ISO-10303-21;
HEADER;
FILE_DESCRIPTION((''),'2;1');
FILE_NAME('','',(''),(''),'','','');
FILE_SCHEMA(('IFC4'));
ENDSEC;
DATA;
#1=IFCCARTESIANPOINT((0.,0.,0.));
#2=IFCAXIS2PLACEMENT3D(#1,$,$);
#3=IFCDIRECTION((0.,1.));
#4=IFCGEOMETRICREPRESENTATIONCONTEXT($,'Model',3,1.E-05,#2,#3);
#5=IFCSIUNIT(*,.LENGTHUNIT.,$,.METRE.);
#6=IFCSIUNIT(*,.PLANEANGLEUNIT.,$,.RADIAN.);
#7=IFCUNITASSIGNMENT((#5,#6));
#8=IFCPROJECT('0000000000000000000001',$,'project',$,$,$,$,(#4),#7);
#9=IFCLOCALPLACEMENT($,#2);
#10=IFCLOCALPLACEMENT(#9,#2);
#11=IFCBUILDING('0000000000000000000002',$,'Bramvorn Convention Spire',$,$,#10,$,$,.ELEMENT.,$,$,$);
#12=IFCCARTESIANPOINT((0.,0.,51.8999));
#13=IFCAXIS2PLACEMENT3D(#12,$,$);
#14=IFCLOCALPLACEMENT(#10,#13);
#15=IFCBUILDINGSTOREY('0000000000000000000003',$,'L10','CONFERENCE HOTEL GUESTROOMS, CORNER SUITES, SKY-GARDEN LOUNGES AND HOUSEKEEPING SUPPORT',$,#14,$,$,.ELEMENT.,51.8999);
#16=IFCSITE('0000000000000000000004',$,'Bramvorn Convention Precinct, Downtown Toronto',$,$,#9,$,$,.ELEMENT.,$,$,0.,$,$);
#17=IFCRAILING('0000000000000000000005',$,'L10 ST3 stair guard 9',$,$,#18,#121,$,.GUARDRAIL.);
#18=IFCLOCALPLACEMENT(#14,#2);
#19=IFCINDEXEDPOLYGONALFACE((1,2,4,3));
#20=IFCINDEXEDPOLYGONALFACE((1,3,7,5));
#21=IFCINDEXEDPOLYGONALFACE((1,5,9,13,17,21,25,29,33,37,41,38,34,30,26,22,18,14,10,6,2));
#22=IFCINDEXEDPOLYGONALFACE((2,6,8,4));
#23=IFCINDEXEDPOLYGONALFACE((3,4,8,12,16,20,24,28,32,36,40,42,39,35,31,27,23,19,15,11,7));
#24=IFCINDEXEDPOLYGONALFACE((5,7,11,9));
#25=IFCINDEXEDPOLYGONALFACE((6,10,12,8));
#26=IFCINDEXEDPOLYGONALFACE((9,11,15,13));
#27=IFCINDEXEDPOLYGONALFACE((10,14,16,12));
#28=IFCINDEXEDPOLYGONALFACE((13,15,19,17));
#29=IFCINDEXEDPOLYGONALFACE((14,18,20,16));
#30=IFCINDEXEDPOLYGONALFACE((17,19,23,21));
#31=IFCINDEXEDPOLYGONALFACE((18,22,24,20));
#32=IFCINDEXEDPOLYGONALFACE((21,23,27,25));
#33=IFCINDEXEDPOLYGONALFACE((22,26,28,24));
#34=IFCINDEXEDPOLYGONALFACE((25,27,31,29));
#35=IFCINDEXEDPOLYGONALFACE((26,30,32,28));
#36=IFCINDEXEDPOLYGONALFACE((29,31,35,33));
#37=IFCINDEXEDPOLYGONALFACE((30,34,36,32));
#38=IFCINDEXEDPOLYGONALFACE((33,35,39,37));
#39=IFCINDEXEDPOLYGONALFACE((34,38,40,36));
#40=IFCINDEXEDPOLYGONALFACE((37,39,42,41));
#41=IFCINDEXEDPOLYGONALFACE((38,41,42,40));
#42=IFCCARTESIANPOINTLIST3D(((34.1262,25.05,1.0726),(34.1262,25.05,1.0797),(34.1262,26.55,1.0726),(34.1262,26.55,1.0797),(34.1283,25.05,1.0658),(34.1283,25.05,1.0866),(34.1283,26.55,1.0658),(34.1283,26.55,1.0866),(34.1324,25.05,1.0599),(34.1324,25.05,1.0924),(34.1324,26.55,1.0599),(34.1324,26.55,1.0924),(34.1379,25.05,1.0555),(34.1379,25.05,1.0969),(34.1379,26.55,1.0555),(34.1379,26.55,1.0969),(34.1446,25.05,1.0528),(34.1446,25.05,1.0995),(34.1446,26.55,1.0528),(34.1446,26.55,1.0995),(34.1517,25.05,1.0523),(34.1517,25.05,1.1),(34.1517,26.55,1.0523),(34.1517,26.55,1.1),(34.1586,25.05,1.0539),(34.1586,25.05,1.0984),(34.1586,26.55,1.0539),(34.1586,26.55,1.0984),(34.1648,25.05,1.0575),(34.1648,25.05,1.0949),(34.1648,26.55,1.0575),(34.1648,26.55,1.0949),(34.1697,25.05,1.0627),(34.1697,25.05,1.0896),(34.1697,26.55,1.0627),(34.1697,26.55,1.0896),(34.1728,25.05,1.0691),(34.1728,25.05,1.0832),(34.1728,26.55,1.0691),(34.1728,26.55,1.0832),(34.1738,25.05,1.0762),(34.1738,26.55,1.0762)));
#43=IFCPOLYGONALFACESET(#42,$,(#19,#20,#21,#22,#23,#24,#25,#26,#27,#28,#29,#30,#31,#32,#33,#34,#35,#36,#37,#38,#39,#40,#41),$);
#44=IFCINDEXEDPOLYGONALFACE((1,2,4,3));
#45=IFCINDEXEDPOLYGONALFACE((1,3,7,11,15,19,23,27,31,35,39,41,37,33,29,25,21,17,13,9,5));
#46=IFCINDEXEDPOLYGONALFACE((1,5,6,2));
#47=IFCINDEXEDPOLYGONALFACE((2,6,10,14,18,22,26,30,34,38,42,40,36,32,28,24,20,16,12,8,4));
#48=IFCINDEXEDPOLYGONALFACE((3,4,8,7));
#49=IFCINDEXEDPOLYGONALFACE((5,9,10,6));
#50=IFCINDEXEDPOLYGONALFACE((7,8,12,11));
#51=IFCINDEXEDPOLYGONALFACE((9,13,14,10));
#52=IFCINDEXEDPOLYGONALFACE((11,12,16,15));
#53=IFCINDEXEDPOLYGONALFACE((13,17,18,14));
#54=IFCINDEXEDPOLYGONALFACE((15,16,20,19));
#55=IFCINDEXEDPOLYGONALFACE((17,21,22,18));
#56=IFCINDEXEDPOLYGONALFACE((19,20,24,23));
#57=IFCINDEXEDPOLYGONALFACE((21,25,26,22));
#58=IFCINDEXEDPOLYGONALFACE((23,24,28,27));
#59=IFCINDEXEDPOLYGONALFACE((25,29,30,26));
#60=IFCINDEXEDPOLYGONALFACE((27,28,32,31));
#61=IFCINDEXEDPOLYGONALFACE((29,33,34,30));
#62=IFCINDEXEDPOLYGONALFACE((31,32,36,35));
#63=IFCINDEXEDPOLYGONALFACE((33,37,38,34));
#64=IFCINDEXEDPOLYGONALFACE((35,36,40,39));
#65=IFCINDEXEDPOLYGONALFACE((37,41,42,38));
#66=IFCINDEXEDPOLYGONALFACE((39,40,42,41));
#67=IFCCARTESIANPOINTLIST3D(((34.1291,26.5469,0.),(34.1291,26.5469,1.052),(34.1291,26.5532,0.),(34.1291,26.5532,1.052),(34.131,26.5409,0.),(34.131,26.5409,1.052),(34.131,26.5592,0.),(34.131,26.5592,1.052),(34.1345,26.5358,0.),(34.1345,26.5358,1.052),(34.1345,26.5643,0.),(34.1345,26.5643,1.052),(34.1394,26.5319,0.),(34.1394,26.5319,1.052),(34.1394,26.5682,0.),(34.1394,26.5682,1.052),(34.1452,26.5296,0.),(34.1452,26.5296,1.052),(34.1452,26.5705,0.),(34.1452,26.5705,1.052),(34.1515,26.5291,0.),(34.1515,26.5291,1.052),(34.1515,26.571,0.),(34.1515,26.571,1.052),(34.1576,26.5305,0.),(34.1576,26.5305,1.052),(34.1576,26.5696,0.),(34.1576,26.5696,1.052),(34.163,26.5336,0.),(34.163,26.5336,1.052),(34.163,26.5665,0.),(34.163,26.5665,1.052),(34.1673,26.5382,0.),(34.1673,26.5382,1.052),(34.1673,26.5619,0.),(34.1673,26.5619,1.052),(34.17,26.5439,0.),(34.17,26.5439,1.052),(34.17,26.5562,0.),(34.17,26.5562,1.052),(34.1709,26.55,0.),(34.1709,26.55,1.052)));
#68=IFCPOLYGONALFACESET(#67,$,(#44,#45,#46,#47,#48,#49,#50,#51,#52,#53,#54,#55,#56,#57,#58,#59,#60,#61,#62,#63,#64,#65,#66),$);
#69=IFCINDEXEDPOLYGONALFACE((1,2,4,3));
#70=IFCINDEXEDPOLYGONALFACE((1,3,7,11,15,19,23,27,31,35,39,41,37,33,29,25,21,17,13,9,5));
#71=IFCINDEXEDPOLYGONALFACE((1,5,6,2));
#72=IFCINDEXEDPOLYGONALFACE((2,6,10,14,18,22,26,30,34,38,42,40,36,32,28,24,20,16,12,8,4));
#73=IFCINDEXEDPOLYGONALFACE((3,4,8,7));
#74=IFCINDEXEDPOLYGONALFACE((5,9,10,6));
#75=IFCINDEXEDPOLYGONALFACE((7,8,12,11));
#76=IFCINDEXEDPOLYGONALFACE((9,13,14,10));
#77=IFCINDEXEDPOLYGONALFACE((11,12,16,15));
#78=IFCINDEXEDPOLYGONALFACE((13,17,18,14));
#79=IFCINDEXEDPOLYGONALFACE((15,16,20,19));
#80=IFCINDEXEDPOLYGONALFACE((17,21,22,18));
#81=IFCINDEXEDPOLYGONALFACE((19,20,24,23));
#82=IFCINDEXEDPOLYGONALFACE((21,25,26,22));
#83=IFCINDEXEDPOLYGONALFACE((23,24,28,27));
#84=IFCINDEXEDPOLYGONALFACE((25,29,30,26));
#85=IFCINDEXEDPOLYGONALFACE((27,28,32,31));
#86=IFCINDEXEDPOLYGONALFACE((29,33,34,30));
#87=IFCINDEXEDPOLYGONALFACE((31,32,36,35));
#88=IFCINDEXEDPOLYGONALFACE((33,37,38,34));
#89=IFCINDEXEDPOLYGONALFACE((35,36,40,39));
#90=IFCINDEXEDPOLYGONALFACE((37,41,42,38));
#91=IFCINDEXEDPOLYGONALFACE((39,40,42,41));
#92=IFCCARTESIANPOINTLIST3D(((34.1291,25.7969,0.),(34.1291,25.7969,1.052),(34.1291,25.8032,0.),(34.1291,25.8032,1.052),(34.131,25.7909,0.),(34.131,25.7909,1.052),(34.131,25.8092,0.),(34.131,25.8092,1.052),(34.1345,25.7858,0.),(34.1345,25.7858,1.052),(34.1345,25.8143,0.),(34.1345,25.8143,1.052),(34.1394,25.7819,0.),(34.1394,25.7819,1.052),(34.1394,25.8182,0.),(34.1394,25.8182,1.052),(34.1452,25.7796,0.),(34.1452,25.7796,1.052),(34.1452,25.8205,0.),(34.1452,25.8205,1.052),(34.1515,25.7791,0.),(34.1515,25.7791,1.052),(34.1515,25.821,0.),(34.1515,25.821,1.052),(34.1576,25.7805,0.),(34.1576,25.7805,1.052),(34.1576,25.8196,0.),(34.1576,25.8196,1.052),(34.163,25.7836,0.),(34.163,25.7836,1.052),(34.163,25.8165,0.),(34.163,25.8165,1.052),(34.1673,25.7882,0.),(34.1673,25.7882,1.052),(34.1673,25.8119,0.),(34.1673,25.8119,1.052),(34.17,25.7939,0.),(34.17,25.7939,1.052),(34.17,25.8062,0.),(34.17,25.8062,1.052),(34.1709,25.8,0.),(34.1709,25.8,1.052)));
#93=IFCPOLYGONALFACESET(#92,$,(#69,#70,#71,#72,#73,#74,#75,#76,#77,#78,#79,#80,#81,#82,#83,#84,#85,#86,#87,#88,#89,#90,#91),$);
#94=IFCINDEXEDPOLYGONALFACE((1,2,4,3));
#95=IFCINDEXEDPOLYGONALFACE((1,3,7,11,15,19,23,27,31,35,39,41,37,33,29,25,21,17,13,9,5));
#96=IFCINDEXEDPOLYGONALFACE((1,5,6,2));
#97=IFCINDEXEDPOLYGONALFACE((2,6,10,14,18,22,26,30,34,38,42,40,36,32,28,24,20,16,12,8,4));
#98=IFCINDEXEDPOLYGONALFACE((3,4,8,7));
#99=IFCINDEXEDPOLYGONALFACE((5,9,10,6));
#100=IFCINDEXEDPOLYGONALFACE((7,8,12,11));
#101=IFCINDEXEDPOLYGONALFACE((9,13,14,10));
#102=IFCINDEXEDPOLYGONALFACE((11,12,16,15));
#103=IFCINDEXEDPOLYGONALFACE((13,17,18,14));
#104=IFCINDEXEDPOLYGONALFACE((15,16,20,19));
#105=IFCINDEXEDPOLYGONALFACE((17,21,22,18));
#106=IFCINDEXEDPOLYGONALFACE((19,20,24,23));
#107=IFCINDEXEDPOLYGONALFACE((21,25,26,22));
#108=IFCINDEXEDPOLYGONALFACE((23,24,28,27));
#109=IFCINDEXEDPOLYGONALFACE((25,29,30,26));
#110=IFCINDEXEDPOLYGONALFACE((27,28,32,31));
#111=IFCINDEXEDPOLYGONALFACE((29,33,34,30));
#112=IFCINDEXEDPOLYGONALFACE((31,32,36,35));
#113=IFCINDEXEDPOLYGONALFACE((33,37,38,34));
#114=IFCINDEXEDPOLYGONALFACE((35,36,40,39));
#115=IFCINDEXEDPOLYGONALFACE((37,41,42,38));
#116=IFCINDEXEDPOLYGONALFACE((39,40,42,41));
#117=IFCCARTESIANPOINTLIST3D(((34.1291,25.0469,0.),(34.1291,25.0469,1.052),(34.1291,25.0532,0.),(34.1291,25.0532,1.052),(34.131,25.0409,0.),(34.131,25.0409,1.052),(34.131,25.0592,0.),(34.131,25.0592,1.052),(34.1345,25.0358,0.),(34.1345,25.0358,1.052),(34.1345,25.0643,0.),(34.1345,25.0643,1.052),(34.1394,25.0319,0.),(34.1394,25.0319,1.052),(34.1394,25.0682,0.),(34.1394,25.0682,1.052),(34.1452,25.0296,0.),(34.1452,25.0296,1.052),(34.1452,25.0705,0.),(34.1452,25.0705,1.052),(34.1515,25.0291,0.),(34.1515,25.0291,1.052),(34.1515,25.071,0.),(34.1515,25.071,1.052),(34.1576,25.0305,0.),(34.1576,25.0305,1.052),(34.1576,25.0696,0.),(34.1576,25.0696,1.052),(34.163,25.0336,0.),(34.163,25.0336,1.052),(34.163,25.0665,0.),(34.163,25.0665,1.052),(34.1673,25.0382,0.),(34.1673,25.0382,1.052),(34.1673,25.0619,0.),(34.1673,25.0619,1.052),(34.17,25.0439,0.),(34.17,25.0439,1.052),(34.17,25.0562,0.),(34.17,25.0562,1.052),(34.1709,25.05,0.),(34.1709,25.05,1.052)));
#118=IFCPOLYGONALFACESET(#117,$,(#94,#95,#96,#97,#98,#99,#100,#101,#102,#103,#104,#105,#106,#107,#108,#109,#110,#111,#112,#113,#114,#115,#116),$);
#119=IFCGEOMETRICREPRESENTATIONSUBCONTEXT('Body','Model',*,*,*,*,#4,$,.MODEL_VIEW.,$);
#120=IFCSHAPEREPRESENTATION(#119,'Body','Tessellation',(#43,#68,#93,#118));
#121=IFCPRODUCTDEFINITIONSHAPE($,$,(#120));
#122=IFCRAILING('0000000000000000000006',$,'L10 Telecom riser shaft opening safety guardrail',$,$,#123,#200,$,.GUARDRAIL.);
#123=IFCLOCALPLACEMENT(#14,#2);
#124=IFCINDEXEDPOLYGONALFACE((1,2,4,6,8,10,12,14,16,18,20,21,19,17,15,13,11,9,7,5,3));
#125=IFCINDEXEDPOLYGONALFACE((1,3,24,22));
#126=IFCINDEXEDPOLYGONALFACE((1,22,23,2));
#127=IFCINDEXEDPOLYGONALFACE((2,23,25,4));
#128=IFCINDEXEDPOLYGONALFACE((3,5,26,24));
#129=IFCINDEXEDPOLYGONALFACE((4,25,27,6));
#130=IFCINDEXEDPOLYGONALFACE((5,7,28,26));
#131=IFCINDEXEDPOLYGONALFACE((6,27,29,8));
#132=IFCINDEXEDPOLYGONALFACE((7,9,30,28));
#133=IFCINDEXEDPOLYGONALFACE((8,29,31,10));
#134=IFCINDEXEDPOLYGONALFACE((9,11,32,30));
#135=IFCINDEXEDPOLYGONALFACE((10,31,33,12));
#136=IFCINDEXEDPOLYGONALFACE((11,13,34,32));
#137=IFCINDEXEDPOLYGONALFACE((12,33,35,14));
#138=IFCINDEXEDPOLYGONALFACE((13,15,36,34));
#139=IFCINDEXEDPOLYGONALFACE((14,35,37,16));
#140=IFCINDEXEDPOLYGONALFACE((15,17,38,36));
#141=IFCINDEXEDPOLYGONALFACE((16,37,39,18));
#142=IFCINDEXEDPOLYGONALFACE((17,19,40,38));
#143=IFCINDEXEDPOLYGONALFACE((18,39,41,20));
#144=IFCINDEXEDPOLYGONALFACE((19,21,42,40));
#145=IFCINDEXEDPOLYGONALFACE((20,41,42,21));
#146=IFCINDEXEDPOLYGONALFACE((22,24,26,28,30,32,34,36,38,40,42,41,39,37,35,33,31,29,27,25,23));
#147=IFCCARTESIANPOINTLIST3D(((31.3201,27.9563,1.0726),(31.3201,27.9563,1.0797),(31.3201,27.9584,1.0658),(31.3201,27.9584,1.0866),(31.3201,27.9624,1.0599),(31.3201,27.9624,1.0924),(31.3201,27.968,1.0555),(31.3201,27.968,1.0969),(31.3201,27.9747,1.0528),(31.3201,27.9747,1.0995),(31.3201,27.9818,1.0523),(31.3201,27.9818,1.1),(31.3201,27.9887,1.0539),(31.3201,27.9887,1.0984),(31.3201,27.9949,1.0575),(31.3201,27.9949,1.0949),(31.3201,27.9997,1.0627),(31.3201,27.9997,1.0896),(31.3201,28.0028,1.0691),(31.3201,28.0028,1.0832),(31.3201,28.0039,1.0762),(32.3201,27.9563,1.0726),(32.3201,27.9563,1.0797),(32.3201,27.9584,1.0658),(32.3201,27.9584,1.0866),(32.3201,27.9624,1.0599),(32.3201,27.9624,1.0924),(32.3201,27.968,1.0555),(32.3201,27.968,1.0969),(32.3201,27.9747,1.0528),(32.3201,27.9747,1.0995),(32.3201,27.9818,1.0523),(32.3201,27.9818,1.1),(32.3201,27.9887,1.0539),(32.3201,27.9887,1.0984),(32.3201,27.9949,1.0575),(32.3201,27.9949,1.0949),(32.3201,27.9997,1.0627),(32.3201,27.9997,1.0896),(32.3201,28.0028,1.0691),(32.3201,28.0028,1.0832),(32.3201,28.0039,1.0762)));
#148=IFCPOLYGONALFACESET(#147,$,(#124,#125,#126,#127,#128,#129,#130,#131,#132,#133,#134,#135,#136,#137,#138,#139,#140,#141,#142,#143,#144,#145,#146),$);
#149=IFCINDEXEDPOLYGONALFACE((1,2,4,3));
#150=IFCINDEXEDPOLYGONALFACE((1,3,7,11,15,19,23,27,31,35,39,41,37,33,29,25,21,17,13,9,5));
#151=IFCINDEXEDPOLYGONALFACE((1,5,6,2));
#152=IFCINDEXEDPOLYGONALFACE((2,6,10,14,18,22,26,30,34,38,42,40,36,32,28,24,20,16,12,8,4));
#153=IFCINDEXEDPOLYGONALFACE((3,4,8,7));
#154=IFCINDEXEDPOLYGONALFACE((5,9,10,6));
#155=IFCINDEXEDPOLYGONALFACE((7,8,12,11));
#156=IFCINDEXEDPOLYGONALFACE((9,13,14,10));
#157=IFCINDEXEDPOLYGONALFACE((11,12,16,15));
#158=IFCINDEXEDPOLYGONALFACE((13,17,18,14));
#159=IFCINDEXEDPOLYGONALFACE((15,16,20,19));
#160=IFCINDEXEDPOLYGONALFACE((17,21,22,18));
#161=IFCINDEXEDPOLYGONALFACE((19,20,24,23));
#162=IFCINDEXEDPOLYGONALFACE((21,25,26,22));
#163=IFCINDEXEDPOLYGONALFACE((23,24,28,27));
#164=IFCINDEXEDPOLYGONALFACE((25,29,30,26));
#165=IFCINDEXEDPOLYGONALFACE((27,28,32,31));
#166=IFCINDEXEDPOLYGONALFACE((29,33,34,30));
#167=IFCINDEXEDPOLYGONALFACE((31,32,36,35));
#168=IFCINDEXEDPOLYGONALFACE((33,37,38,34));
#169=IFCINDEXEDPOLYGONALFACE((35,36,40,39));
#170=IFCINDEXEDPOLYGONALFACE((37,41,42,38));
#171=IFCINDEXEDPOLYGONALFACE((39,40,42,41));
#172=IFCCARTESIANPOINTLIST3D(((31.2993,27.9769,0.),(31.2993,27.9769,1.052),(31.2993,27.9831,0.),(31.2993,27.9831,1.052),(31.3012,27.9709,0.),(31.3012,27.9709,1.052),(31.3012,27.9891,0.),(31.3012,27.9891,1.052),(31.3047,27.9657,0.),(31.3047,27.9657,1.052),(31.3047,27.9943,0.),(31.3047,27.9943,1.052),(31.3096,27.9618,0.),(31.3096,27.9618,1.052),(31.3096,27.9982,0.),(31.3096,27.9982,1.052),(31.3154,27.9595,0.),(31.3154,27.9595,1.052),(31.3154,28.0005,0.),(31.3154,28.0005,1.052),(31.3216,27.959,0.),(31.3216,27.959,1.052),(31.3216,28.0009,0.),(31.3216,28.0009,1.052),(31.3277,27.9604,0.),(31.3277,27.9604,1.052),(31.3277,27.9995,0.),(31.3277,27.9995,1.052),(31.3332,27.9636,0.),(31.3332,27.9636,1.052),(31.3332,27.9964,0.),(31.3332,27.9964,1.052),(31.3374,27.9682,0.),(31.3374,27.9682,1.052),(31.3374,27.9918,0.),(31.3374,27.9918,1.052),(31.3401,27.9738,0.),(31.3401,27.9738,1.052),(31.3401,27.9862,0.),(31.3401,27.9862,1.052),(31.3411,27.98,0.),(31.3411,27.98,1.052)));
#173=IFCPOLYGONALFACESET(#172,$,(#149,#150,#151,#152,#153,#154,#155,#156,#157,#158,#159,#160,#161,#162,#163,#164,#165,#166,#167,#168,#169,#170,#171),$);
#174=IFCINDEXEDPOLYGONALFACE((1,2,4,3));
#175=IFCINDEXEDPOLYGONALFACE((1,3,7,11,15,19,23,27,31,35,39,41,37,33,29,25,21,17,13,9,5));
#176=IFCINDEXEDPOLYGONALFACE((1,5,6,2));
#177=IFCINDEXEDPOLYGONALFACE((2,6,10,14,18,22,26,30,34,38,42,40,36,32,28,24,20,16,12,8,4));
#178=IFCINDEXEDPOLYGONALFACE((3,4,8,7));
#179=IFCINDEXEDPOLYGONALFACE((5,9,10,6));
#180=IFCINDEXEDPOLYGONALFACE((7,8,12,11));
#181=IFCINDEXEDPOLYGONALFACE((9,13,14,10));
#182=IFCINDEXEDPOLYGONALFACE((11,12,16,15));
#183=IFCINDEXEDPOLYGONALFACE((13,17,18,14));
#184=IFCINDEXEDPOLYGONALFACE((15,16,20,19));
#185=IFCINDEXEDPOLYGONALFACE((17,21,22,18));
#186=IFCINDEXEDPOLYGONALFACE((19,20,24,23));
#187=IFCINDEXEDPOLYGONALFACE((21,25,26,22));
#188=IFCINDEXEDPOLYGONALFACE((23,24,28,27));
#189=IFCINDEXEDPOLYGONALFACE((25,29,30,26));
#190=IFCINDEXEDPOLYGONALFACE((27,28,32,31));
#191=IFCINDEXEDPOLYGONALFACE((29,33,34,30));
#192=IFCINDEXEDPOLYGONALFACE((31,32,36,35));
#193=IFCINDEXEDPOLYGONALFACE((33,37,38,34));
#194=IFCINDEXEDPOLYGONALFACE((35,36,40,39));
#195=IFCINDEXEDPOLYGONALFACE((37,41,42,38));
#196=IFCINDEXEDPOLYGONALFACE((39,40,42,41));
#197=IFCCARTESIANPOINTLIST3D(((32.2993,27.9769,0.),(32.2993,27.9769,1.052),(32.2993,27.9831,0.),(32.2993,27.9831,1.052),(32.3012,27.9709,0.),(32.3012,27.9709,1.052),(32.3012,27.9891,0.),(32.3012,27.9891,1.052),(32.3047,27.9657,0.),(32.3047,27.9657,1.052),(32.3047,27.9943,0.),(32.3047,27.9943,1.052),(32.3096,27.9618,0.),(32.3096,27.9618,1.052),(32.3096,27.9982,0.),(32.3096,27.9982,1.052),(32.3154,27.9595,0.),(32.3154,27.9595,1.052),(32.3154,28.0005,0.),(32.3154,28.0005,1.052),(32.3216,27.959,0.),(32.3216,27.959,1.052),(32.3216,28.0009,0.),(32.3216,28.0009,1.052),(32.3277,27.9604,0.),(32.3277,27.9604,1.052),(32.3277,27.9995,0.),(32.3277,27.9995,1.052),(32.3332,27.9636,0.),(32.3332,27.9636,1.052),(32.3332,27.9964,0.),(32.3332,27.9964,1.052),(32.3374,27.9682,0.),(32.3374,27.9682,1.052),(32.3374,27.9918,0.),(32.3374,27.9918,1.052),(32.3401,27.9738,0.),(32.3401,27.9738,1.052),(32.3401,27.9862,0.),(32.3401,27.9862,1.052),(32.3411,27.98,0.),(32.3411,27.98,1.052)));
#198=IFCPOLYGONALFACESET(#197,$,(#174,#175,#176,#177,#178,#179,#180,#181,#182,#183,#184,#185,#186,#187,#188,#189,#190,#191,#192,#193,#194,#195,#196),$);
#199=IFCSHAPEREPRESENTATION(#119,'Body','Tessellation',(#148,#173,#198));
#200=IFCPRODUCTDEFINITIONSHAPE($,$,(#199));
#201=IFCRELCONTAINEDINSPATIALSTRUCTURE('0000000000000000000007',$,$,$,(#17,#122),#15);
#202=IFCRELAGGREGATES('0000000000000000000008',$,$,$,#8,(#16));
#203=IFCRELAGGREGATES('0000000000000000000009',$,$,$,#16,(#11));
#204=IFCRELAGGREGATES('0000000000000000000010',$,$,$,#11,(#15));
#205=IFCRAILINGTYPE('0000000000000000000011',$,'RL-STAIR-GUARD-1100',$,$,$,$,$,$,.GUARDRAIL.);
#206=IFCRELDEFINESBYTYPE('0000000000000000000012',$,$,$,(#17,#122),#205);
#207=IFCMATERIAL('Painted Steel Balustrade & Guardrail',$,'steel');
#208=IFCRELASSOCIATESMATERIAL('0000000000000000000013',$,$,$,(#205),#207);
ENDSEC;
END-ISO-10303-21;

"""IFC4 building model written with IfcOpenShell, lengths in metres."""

from ifc_helpers import new_model, si_unit, direction, frame, origin, origin_2d, place, context, subcontext, project, spatial, circle, extrude, material, type_object, element, save


model = new_model("IFC4")

# Units and contexts
model_context = context("Model", 3, precision=1e-05, world=origin(), true_north=direction((0.0, 1.0)))
body_context = subcontext(model_context, "Body", "Model", "MODEL_VIEW")
ifc_project = project(units=[si_unit("LENGTHUNIT", "METRE"), si_unit("PLANEANGLEUNIT", "RADIAN")], contexts=[model_context])

# Site, building, storey
site_placement = place(None, origin())
site = spatial("IfcSite", under=ifc_project, at=site_placement, Name="Bramvorn Convention Precinct, Downtown Toronto", CompositionType="ELEMENT", RefElevation=0.0)
building_placement = place(site_placement, origin())
building = spatial("IfcBuilding", under=site, at=building_placement, Name="Bramvorn Convention Spire", CompositionType="ELEMENT")
storey_placement = place(building_placement, frame((0.0, 0.0, 51.8999)))
storey = spatial("IfcBuildingStorey", under=building, at=storey_placement, Name="L10", Description="CONFERENCE HOTEL GUESTROOMS, CORNER SUITES, SKY-GARDEN LOUNGES AND HOUSEKEEPING SUPPORT", CompositionType="ELEMENT", Elevation=51.8999)

# Railings
ifc_material_1 = material(Name="Painted Steel Balustrade & Guardrail", Category="steel")
railing_type = type_object("IfcRailingType", Name="RL-STAIR-GUARD-1100", PredefinedType="GUARDRAIL", material=ifc_material_1)
for number, where, name in (
    (1, (34.1499, 26.55, 0.0), "L10 ST3 stair guard 9"),
):
    element("IfcRailing", number, at=place(storey_placement, frame(where)), inside=storey, type_object=railing_type, Name=name, PredefinedType="GUARDRAIL", context=body_context, shape_type="SweptSolid", body=[
        extrude(circle(Radius=0.0239, at=origin_2d()), frame((0.0, 0.0, 1.0762), z_axis=(0.0, -1.0, 0.0), x_axis=(1.0, 0.0, 0.0)), (0.0, 0.0, 1.0), 1.5),
        extrude(circle(Radius=0.021, at=origin_2d()), origin(), (0.0, 0.0, 1.0), 1.052),
        extrude(circle(Radius=0.021, at=origin_2d()), frame((0.0, -0.75, 0.0)), (0.0, 0.0, 1.0), 1.052),
        extrude(circle(Radius=0.021, at=origin_2d()), frame((0.0, -1.5, 0.0)), (0.0, 0.0, 1.0), 1.052),
    ])
railing_1_placement = place(storey_placement, frame((31.3201, 27.98, 0.0)))
element("IfcRailing", 2, at=railing_1_placement, inside=storey, type_object=railing_type, Name="L10 Telecom riser shaft opening safety guardrail", PredefinedType="GUARDRAIL", context=body_context, shape_type="SweptSolid", body=[
    extrude(circle(Radius=0.0239, at=origin_2d()), frame((0.0, 0.0, 1.0762), z_axis=(1.0, 0.0, 0.0), x_axis=(0.0, 1.0, 0.0)), (0.0, 0.0, 1.0), 1.0),
    extrude(circle(Radius=0.021, at=origin_2d()), origin(), (0.0, 0.0, 1.0), 1.052),
    extrude(circle(Radius=0.021, at=origin_2d()), frame((1.0, 0.0, 0.0)), (0.0, 0.0, 1.0), 1.052),
])

save(model, "model.ifc")
